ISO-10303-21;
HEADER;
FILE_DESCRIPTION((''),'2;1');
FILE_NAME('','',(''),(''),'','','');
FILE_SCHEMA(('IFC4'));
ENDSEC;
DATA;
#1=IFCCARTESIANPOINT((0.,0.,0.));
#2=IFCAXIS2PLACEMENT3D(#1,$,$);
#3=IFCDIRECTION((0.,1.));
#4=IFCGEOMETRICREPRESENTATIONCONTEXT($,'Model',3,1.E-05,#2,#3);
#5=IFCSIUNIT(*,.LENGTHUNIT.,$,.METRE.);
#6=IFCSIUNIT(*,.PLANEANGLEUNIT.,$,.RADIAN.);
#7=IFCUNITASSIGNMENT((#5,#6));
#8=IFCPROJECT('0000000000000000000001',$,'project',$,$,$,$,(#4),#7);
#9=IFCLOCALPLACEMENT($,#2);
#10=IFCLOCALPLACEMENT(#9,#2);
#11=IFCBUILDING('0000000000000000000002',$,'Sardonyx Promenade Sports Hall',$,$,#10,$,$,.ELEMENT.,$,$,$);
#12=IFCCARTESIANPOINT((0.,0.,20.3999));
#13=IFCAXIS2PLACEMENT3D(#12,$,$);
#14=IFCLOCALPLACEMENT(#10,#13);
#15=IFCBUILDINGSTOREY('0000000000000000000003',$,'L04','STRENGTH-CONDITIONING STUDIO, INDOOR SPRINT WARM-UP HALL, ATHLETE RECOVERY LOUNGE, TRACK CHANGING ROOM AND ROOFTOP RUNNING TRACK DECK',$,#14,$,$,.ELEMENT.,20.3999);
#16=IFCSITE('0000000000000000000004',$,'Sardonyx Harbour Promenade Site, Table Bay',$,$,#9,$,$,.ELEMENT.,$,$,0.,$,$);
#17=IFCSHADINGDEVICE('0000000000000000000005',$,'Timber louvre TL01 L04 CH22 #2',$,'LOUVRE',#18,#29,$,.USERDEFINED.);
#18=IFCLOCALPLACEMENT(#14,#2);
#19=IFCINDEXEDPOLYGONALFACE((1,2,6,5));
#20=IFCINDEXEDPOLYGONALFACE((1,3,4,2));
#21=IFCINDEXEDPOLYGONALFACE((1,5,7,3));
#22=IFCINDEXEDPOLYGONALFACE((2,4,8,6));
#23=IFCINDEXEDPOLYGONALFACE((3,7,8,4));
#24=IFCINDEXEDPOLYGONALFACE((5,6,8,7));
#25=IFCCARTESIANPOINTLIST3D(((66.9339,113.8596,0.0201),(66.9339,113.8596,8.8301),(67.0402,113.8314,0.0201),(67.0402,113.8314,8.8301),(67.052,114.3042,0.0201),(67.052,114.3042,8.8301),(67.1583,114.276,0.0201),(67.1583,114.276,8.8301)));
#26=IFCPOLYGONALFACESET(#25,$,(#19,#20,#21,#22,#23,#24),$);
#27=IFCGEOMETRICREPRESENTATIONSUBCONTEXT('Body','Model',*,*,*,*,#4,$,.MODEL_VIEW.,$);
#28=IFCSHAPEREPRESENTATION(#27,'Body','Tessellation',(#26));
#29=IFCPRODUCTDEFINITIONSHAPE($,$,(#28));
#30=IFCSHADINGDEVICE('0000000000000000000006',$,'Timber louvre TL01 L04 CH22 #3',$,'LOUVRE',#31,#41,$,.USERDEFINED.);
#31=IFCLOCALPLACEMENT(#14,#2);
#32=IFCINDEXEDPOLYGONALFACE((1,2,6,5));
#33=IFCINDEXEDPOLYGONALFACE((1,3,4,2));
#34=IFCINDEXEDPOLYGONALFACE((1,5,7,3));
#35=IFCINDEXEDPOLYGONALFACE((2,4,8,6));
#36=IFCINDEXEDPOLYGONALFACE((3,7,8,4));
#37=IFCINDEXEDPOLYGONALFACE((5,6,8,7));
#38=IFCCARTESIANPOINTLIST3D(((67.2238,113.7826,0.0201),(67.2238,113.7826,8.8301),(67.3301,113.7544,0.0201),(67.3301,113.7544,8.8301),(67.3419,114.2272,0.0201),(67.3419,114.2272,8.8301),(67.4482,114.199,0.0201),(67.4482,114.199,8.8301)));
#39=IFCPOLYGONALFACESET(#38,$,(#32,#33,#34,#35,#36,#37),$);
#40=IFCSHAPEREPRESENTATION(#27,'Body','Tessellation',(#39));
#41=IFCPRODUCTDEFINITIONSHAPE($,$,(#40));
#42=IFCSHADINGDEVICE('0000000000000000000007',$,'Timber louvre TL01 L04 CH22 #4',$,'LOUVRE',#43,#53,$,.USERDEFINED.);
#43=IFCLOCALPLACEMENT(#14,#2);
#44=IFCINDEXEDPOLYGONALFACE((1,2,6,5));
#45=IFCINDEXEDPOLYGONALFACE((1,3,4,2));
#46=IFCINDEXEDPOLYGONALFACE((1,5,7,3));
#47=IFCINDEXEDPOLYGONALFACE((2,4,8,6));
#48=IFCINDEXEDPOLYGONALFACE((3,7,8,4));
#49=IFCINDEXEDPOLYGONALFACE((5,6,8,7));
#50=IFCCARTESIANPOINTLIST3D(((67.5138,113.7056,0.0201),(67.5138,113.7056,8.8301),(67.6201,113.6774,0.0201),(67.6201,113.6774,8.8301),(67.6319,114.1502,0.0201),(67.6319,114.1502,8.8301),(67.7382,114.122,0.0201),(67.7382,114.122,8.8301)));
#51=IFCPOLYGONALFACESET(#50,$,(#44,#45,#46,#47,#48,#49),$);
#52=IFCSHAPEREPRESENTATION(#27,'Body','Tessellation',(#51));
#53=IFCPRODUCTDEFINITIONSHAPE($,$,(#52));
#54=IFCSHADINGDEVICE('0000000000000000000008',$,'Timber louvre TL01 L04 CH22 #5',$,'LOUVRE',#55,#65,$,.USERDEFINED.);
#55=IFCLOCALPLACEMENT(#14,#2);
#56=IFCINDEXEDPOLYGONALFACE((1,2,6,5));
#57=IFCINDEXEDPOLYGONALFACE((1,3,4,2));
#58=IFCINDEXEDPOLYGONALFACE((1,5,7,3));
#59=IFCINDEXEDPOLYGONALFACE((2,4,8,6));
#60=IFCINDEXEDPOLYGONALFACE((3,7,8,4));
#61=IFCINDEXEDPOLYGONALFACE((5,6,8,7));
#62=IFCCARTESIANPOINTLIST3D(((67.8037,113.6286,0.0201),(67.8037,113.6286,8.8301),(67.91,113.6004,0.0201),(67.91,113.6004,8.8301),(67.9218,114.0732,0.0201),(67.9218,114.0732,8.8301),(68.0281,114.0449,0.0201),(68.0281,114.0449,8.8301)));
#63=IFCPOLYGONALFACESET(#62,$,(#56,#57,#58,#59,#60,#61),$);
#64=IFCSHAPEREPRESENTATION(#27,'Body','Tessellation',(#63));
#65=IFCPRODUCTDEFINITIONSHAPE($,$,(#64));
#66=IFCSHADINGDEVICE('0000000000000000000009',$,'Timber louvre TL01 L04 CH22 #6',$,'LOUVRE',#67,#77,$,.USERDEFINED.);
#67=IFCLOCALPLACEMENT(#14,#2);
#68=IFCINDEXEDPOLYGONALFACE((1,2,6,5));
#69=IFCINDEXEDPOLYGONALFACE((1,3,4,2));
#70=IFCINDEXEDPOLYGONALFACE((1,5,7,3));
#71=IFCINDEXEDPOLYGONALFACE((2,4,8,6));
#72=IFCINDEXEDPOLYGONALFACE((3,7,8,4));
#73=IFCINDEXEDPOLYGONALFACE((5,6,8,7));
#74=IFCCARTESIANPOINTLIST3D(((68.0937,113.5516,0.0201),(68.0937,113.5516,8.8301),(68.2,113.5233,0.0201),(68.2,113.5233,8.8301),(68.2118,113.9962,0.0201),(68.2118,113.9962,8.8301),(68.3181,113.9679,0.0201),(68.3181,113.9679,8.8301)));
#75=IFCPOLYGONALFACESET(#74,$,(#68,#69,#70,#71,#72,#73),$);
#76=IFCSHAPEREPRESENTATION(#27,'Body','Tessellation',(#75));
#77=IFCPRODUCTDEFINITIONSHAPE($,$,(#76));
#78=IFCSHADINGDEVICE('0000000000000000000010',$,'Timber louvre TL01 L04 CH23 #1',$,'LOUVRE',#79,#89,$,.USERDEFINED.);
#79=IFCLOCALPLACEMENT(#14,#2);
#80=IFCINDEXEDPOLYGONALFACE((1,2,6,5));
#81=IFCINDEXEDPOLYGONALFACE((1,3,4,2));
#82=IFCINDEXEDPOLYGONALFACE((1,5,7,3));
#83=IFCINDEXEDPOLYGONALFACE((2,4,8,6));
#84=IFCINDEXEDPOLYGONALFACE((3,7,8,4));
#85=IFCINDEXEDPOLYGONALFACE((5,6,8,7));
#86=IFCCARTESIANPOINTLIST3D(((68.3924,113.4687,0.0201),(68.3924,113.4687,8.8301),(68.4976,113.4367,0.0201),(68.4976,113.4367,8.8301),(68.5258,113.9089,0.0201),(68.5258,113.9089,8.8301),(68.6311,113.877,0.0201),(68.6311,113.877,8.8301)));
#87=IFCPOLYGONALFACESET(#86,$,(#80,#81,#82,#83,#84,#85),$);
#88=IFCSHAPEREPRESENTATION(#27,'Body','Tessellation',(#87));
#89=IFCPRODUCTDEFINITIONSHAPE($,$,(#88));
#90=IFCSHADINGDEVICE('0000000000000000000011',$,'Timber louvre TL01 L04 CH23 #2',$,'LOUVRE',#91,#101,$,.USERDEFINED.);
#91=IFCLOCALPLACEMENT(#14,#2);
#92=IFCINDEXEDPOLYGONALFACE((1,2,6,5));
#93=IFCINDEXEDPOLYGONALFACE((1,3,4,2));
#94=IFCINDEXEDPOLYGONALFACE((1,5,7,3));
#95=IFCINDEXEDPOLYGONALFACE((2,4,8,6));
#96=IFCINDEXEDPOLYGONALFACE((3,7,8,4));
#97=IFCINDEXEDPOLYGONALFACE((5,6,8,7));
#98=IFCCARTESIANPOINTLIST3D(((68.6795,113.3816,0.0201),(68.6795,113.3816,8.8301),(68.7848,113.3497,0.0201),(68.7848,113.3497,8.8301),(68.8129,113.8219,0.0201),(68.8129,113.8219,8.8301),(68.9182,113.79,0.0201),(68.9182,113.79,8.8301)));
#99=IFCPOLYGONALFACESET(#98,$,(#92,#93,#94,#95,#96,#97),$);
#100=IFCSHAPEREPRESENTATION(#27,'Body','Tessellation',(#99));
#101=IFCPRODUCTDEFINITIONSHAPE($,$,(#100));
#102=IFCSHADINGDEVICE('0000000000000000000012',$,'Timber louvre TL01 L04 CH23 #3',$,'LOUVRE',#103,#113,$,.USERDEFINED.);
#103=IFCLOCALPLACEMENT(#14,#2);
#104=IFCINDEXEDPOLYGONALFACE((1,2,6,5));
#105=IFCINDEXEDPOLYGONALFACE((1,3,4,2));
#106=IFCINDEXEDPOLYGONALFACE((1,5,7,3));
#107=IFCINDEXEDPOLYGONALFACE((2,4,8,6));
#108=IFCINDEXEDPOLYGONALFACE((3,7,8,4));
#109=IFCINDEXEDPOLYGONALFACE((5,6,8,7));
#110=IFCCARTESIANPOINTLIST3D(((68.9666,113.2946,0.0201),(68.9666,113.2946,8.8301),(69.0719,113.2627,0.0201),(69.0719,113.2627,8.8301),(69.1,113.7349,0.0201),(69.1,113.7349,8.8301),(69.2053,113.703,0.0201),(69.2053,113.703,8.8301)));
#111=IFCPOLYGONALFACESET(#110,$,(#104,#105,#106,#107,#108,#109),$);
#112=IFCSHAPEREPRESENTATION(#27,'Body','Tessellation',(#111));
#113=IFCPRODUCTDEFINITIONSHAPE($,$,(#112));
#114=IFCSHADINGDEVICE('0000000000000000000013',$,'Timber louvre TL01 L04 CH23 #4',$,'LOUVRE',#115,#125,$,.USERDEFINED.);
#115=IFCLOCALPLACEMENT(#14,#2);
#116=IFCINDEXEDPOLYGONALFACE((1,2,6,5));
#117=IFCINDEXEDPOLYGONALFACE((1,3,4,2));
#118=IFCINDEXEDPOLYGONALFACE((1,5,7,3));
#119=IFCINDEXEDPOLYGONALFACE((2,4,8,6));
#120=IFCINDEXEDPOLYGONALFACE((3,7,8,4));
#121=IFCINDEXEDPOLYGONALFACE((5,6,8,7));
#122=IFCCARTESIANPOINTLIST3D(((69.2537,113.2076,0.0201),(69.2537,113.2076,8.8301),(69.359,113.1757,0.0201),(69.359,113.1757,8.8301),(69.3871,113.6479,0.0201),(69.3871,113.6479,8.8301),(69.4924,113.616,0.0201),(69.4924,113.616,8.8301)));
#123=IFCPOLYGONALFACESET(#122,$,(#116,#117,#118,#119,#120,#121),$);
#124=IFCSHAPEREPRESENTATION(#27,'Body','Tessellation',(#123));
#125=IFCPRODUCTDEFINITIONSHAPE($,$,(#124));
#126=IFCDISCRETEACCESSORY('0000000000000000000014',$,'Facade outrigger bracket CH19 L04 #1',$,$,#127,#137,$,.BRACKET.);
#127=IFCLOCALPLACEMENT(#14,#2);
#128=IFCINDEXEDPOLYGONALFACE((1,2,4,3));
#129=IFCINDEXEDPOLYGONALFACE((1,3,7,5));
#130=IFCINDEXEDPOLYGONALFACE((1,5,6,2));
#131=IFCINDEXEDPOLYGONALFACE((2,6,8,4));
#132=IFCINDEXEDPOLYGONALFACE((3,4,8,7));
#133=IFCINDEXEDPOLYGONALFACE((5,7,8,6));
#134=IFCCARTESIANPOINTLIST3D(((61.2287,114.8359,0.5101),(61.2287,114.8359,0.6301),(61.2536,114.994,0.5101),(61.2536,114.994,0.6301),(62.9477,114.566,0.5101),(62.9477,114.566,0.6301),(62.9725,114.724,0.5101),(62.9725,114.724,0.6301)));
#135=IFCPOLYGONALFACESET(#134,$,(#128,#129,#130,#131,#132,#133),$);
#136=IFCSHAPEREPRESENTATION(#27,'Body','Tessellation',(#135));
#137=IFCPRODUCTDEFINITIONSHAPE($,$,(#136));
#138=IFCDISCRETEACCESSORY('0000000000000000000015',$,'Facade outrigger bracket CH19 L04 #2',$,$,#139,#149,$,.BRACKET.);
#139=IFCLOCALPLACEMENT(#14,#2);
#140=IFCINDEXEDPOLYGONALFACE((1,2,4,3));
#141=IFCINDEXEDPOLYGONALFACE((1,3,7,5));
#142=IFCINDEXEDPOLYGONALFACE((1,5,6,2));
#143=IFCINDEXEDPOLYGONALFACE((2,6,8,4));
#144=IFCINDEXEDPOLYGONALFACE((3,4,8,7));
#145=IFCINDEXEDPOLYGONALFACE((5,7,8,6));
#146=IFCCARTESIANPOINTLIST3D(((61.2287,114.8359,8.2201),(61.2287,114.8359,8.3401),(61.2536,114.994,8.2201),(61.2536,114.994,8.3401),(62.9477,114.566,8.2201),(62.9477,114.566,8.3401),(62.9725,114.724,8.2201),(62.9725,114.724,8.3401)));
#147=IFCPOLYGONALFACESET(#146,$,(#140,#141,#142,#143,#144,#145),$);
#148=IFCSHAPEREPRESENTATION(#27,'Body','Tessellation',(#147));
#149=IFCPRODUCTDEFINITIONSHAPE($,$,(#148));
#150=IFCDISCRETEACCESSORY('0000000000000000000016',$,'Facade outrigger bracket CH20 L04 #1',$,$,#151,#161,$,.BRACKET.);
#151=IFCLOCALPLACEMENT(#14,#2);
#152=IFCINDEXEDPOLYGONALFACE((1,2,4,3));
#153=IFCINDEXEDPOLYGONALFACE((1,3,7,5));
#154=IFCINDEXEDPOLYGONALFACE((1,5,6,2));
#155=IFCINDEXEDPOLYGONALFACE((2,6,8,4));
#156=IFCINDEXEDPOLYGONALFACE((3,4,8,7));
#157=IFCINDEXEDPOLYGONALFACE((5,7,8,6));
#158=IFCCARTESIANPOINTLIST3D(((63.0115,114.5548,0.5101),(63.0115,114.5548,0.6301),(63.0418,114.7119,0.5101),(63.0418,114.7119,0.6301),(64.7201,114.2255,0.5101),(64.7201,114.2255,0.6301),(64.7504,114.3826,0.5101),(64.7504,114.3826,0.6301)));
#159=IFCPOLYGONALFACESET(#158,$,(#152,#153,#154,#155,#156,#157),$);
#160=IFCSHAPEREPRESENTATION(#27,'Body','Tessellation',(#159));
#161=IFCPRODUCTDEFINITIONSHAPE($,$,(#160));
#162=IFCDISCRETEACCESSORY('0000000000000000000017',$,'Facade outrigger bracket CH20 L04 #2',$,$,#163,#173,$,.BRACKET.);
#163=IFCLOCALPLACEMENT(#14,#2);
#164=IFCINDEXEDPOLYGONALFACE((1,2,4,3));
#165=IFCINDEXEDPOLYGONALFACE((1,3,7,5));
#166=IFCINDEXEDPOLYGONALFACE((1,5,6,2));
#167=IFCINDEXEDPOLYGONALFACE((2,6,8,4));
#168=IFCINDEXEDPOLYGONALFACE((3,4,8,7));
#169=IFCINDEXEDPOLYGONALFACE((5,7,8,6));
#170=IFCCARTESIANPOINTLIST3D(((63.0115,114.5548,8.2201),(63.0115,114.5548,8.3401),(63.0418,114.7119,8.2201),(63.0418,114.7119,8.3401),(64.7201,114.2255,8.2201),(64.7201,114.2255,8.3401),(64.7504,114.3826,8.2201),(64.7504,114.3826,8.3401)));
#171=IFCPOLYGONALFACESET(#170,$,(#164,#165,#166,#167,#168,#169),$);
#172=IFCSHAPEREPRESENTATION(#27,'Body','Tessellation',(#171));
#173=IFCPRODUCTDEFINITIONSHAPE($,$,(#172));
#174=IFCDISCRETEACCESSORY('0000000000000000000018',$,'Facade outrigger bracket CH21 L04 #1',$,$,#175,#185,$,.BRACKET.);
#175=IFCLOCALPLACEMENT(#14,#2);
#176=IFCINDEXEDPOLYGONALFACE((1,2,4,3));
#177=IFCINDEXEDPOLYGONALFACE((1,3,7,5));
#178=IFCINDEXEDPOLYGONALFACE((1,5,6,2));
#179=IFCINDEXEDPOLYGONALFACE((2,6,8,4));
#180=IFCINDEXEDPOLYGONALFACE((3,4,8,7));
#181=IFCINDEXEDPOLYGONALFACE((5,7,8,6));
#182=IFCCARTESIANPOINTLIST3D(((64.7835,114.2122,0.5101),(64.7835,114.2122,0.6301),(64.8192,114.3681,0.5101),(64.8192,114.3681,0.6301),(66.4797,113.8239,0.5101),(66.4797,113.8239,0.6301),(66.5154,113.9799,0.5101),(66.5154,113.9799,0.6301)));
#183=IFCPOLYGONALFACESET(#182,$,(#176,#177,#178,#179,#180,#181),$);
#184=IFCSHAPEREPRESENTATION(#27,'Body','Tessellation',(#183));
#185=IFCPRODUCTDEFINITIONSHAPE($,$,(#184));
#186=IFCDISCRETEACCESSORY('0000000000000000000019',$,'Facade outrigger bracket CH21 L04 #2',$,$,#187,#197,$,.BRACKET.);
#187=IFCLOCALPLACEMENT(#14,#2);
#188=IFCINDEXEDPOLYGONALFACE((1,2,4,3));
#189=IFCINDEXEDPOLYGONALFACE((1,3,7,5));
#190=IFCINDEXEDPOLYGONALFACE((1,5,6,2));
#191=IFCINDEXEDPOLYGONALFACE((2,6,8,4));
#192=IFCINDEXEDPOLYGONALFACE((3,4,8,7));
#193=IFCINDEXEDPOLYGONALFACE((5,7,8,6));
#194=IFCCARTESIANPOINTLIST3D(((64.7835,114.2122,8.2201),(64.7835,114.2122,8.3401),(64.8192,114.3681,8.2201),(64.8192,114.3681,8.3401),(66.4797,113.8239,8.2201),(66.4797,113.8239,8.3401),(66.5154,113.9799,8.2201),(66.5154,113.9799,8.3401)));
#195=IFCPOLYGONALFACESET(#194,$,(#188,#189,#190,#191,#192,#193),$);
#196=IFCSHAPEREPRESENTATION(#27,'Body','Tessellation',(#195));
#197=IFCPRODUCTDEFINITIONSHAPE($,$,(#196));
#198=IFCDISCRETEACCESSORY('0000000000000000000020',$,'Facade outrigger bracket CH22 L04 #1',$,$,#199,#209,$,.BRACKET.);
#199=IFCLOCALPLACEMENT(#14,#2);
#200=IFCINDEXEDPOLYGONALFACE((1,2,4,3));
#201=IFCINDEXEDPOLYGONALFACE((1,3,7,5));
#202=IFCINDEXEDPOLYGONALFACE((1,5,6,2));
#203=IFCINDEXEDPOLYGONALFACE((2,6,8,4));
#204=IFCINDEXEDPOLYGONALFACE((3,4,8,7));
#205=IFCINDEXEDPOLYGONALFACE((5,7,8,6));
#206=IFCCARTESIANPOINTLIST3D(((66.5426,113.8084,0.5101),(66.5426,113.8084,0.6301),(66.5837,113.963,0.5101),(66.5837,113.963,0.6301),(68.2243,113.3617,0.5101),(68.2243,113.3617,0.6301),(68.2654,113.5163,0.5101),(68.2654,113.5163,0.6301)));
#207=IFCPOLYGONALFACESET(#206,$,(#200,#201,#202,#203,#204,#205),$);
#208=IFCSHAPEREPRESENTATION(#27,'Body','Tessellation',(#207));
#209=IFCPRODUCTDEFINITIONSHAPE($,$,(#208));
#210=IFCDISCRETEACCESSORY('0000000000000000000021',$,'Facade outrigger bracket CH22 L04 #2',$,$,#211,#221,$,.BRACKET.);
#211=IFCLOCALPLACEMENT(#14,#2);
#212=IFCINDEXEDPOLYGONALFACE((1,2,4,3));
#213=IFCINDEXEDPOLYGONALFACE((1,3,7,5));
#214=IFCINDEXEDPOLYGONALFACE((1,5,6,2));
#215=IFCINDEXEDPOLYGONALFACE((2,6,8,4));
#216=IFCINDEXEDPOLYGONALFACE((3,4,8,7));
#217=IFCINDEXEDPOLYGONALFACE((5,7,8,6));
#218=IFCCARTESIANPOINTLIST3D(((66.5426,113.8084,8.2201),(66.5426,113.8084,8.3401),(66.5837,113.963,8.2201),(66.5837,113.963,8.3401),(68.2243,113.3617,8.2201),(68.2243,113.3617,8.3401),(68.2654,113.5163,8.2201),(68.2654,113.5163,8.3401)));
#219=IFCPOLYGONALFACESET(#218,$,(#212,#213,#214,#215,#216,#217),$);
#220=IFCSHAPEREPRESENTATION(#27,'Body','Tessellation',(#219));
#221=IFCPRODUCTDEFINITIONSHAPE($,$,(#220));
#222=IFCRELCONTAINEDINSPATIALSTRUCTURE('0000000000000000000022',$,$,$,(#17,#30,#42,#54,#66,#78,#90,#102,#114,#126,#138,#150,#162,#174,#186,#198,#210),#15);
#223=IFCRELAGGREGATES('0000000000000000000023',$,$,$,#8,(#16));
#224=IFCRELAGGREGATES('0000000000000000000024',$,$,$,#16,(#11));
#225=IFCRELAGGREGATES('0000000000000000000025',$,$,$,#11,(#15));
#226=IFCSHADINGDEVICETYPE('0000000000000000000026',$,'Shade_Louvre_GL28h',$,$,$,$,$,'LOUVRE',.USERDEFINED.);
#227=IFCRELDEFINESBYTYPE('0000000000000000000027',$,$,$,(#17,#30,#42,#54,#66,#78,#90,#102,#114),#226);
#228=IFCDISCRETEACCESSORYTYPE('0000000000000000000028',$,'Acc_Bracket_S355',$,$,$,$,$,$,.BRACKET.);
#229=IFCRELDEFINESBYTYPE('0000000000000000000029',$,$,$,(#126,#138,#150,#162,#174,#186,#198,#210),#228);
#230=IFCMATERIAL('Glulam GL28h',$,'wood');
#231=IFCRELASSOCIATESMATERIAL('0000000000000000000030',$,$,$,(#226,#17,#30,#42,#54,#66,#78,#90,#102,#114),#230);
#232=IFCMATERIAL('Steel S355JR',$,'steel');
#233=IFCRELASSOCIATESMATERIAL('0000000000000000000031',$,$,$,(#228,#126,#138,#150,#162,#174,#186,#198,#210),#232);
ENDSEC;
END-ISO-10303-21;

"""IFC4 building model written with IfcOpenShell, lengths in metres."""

from ifc_helpers import new_model, si_unit, direction, frame, origin, place, context, subcontext, project, spatial, rectangle, extrude, material, type_object, element, save


model = new_model("IFC4")

# Units and contexts
model_context = context("Model", 3, precision=1e-05, world=origin(), true_north=direction((0.0, 1.0)))
body_context = subcontext(model_context, "Body", "Model", "MODEL_VIEW")
ifc_project = project(units=[si_unit("LENGTHUNIT", "METRE"), si_unit("PLANEANGLEUNIT", "RADIAN")], contexts=[model_context])

# Site, building, storey
site_placement = place(None, origin())
site = spatial("IfcSite", under=ifc_project, at=site_placement, Name="Sardonyx Harbour Promenade Site, Table Bay", CompositionType="ELEMENT", RefElevation=0.0)
building_placement = place(site_placement, origin())
building = spatial("IfcBuilding", under=site, at=building_placement, Name="Sardonyx Promenade Sports Hall", CompositionType="ELEMENT")
storey_placement = place(building_placement, frame((0.0, 0.0, 20.3999)))
storey = spatial("IfcBuildingStorey", under=building, at=storey_placement, Name="L04", Description="STRENGTH-CONDITIONING STUDIO, INDOOR SPRINT WARM-UP HALL, ATHLETE RECOVERY LOUNGE, TRACK CHANGING ROOM AND ROOFTOP RUNNING TRACK DECK", CompositionType="ELEMENT", Elevation=20.3999)

# Shading devices
ifc_material_1 = material(Name="Glulam GL28h", Category="wood")
shading_device_type = type_object("IfcShadingDeviceType", Name="Shade_Louvre_GL28h", ElementType="LOUVRE", PredefinedType="USERDEFINED", material=ifc_material_1)
for number, where, z_axis, x_axis, name in (
    (1, (67.0461, 114.0678, 0.0201), (0.0, 0.0, 1.0), (0.966485, -0.256721, 0.0), "Timber louvre TL01 L04 CH22 #2"),
    (2, (67.336, 113.9908, 0.0201), (0.0, 0.0, 1.0), (0.966485, -0.256721, 0.0), "Timber louvre TL01 L04 CH22 #3"),
    (3, (67.626, 113.9138, 0.0201), (0.0, 0.0, 1.0), (0.966485, -0.256721, 0.0), "Timber louvre TL01 L04 CH22 #4"),
    (4, (67.9159, 113.8368, 0.0201), (0.0, 0.0, 1.0), (0.966485, -0.256721, 0.0), "Timber louvre TL01 L04 CH22 #5"),
    (5, (68.2059, 113.7597, 0.0201), (0.0, 0.0, 1.0), (0.966485, -0.256721, 0.0), "Timber louvre TL01 L04 CH22 #6"),
    (6, (68.5117, 113.6728, 0.0201), (0.0, 0.0, 1.0), (0.957021, -0.290017, 0.0), "Timber louvre TL01 L04 CH23 #1"),
    (7, (68.7988, 113.5858, 0.0201), (0.0, 0.0, 1.0), (0.957021, -0.290017, 0.0), "Timber louvre TL01 L04 CH23 #2"),
    (8, (69.0859, 113.4988, 0.0201), (0.0, 0.0, 1.0), (0.957021, -0.290017, 0.0), "Timber louvre TL01 L04 CH23 #3"),
    (9, (69.373, 113.4118, 0.0201), (0.0, 0.0, 1.0), (0.957021, -0.290017, 0.0), "Timber louvre TL01 L04 CH23 #4"),
):
    element("IfcShadingDevice", number, at=place(storey_placement, frame(where, z_axis=z_axis, x_axis=x_axis)), inside=storey, type_object=shading_device_type, material=ifc_material_1, Name=name, ObjectType="LOUVRE", PredefinedType="USERDEFINED", context=body_context, shape_type="SweptSolid", body=[
        extrude(rectangle(XDim=0.11, YDim=0.46), origin(), (0.0, 0.0, 1.0), 8.81),
    ])

# Discrete accessories
ifc_material_2 = material(Name="Steel S355JR", Category="steel")
discrete_accessory_type = type_object("IfcDiscreteAccessoryType", Name="Acc_Bracket_S355", PredefinedType="BRACKET", material=ifc_material_2)
for number, where, z_axis, x_axis, name in (
    (10, (62.1006, 114.78, 0.5101), (0.0, 0.0, 1.0), (0.987891, -0.155148, 0.0), "Facade outrigger bracket CH19 L04 #1"),
    (11, (62.1006, 114.78, 8.2201), (0.0, 0.0, 1.0), (0.987891, -0.155148, 0.0), "Facade outrigger bracket CH19 L04 #2"),
    (12, (63.8809, 114.4687, 0.5101), (0.0, 0.0, 1.0), (0.98193, -0.189246, 0.0), "Facade outrigger bracket CH20 L04 #1"),
    (13, (63.8809, 114.4687, 8.2201), (0.0, 0.0, 1.0), (0.98193, -0.189246, 0.0), "Facade outrigger bracket CH20 L04 #2"),
    (14, (65.6494, 114.096, 0.5101), (0.0, 0.0, 1.0), (0.974792, -0.223117, 0.0), "Facade outrigger bracket CH21 L04 #1"),
    (15, (65.6494, 114.096, 8.2201), (0.0, 0.0, 1.0), (0.974792, -0.223117, 0.0), "Facade outrigger bracket CH21 L04 #2"),
    (16, (67.404, 113.6623, 0.5101), (0.0, 0.0, 1.0), (0.966485, -0.256721, 0.0), "Facade outrigger bracket CH22 L04 #1"),
    (17, (67.404, 113.6623, 8.2201), (0.0, 0.0, 1.0), (0.966485, -0.256721, 0.0), "Facade outrigger bracket CH22 L04 #2"),
):
    element("IfcDiscreteAccessory", number, at=place(storey_placement, frame(where, z_axis=z_axis, x_axis=x_axis)), inside=storey, type_object=discrete_accessory_type, material=ifc_material_2, Name=name, PredefinedType="BRACKET", context=body_context, shape_type="SweptSolid", body=[
        extrude(rectangle(XDim=1.74, YDim=0.16), origin(), (0.0, 0.0, 1.0), 0.12),
    ])

save(model, "model.ifc")
